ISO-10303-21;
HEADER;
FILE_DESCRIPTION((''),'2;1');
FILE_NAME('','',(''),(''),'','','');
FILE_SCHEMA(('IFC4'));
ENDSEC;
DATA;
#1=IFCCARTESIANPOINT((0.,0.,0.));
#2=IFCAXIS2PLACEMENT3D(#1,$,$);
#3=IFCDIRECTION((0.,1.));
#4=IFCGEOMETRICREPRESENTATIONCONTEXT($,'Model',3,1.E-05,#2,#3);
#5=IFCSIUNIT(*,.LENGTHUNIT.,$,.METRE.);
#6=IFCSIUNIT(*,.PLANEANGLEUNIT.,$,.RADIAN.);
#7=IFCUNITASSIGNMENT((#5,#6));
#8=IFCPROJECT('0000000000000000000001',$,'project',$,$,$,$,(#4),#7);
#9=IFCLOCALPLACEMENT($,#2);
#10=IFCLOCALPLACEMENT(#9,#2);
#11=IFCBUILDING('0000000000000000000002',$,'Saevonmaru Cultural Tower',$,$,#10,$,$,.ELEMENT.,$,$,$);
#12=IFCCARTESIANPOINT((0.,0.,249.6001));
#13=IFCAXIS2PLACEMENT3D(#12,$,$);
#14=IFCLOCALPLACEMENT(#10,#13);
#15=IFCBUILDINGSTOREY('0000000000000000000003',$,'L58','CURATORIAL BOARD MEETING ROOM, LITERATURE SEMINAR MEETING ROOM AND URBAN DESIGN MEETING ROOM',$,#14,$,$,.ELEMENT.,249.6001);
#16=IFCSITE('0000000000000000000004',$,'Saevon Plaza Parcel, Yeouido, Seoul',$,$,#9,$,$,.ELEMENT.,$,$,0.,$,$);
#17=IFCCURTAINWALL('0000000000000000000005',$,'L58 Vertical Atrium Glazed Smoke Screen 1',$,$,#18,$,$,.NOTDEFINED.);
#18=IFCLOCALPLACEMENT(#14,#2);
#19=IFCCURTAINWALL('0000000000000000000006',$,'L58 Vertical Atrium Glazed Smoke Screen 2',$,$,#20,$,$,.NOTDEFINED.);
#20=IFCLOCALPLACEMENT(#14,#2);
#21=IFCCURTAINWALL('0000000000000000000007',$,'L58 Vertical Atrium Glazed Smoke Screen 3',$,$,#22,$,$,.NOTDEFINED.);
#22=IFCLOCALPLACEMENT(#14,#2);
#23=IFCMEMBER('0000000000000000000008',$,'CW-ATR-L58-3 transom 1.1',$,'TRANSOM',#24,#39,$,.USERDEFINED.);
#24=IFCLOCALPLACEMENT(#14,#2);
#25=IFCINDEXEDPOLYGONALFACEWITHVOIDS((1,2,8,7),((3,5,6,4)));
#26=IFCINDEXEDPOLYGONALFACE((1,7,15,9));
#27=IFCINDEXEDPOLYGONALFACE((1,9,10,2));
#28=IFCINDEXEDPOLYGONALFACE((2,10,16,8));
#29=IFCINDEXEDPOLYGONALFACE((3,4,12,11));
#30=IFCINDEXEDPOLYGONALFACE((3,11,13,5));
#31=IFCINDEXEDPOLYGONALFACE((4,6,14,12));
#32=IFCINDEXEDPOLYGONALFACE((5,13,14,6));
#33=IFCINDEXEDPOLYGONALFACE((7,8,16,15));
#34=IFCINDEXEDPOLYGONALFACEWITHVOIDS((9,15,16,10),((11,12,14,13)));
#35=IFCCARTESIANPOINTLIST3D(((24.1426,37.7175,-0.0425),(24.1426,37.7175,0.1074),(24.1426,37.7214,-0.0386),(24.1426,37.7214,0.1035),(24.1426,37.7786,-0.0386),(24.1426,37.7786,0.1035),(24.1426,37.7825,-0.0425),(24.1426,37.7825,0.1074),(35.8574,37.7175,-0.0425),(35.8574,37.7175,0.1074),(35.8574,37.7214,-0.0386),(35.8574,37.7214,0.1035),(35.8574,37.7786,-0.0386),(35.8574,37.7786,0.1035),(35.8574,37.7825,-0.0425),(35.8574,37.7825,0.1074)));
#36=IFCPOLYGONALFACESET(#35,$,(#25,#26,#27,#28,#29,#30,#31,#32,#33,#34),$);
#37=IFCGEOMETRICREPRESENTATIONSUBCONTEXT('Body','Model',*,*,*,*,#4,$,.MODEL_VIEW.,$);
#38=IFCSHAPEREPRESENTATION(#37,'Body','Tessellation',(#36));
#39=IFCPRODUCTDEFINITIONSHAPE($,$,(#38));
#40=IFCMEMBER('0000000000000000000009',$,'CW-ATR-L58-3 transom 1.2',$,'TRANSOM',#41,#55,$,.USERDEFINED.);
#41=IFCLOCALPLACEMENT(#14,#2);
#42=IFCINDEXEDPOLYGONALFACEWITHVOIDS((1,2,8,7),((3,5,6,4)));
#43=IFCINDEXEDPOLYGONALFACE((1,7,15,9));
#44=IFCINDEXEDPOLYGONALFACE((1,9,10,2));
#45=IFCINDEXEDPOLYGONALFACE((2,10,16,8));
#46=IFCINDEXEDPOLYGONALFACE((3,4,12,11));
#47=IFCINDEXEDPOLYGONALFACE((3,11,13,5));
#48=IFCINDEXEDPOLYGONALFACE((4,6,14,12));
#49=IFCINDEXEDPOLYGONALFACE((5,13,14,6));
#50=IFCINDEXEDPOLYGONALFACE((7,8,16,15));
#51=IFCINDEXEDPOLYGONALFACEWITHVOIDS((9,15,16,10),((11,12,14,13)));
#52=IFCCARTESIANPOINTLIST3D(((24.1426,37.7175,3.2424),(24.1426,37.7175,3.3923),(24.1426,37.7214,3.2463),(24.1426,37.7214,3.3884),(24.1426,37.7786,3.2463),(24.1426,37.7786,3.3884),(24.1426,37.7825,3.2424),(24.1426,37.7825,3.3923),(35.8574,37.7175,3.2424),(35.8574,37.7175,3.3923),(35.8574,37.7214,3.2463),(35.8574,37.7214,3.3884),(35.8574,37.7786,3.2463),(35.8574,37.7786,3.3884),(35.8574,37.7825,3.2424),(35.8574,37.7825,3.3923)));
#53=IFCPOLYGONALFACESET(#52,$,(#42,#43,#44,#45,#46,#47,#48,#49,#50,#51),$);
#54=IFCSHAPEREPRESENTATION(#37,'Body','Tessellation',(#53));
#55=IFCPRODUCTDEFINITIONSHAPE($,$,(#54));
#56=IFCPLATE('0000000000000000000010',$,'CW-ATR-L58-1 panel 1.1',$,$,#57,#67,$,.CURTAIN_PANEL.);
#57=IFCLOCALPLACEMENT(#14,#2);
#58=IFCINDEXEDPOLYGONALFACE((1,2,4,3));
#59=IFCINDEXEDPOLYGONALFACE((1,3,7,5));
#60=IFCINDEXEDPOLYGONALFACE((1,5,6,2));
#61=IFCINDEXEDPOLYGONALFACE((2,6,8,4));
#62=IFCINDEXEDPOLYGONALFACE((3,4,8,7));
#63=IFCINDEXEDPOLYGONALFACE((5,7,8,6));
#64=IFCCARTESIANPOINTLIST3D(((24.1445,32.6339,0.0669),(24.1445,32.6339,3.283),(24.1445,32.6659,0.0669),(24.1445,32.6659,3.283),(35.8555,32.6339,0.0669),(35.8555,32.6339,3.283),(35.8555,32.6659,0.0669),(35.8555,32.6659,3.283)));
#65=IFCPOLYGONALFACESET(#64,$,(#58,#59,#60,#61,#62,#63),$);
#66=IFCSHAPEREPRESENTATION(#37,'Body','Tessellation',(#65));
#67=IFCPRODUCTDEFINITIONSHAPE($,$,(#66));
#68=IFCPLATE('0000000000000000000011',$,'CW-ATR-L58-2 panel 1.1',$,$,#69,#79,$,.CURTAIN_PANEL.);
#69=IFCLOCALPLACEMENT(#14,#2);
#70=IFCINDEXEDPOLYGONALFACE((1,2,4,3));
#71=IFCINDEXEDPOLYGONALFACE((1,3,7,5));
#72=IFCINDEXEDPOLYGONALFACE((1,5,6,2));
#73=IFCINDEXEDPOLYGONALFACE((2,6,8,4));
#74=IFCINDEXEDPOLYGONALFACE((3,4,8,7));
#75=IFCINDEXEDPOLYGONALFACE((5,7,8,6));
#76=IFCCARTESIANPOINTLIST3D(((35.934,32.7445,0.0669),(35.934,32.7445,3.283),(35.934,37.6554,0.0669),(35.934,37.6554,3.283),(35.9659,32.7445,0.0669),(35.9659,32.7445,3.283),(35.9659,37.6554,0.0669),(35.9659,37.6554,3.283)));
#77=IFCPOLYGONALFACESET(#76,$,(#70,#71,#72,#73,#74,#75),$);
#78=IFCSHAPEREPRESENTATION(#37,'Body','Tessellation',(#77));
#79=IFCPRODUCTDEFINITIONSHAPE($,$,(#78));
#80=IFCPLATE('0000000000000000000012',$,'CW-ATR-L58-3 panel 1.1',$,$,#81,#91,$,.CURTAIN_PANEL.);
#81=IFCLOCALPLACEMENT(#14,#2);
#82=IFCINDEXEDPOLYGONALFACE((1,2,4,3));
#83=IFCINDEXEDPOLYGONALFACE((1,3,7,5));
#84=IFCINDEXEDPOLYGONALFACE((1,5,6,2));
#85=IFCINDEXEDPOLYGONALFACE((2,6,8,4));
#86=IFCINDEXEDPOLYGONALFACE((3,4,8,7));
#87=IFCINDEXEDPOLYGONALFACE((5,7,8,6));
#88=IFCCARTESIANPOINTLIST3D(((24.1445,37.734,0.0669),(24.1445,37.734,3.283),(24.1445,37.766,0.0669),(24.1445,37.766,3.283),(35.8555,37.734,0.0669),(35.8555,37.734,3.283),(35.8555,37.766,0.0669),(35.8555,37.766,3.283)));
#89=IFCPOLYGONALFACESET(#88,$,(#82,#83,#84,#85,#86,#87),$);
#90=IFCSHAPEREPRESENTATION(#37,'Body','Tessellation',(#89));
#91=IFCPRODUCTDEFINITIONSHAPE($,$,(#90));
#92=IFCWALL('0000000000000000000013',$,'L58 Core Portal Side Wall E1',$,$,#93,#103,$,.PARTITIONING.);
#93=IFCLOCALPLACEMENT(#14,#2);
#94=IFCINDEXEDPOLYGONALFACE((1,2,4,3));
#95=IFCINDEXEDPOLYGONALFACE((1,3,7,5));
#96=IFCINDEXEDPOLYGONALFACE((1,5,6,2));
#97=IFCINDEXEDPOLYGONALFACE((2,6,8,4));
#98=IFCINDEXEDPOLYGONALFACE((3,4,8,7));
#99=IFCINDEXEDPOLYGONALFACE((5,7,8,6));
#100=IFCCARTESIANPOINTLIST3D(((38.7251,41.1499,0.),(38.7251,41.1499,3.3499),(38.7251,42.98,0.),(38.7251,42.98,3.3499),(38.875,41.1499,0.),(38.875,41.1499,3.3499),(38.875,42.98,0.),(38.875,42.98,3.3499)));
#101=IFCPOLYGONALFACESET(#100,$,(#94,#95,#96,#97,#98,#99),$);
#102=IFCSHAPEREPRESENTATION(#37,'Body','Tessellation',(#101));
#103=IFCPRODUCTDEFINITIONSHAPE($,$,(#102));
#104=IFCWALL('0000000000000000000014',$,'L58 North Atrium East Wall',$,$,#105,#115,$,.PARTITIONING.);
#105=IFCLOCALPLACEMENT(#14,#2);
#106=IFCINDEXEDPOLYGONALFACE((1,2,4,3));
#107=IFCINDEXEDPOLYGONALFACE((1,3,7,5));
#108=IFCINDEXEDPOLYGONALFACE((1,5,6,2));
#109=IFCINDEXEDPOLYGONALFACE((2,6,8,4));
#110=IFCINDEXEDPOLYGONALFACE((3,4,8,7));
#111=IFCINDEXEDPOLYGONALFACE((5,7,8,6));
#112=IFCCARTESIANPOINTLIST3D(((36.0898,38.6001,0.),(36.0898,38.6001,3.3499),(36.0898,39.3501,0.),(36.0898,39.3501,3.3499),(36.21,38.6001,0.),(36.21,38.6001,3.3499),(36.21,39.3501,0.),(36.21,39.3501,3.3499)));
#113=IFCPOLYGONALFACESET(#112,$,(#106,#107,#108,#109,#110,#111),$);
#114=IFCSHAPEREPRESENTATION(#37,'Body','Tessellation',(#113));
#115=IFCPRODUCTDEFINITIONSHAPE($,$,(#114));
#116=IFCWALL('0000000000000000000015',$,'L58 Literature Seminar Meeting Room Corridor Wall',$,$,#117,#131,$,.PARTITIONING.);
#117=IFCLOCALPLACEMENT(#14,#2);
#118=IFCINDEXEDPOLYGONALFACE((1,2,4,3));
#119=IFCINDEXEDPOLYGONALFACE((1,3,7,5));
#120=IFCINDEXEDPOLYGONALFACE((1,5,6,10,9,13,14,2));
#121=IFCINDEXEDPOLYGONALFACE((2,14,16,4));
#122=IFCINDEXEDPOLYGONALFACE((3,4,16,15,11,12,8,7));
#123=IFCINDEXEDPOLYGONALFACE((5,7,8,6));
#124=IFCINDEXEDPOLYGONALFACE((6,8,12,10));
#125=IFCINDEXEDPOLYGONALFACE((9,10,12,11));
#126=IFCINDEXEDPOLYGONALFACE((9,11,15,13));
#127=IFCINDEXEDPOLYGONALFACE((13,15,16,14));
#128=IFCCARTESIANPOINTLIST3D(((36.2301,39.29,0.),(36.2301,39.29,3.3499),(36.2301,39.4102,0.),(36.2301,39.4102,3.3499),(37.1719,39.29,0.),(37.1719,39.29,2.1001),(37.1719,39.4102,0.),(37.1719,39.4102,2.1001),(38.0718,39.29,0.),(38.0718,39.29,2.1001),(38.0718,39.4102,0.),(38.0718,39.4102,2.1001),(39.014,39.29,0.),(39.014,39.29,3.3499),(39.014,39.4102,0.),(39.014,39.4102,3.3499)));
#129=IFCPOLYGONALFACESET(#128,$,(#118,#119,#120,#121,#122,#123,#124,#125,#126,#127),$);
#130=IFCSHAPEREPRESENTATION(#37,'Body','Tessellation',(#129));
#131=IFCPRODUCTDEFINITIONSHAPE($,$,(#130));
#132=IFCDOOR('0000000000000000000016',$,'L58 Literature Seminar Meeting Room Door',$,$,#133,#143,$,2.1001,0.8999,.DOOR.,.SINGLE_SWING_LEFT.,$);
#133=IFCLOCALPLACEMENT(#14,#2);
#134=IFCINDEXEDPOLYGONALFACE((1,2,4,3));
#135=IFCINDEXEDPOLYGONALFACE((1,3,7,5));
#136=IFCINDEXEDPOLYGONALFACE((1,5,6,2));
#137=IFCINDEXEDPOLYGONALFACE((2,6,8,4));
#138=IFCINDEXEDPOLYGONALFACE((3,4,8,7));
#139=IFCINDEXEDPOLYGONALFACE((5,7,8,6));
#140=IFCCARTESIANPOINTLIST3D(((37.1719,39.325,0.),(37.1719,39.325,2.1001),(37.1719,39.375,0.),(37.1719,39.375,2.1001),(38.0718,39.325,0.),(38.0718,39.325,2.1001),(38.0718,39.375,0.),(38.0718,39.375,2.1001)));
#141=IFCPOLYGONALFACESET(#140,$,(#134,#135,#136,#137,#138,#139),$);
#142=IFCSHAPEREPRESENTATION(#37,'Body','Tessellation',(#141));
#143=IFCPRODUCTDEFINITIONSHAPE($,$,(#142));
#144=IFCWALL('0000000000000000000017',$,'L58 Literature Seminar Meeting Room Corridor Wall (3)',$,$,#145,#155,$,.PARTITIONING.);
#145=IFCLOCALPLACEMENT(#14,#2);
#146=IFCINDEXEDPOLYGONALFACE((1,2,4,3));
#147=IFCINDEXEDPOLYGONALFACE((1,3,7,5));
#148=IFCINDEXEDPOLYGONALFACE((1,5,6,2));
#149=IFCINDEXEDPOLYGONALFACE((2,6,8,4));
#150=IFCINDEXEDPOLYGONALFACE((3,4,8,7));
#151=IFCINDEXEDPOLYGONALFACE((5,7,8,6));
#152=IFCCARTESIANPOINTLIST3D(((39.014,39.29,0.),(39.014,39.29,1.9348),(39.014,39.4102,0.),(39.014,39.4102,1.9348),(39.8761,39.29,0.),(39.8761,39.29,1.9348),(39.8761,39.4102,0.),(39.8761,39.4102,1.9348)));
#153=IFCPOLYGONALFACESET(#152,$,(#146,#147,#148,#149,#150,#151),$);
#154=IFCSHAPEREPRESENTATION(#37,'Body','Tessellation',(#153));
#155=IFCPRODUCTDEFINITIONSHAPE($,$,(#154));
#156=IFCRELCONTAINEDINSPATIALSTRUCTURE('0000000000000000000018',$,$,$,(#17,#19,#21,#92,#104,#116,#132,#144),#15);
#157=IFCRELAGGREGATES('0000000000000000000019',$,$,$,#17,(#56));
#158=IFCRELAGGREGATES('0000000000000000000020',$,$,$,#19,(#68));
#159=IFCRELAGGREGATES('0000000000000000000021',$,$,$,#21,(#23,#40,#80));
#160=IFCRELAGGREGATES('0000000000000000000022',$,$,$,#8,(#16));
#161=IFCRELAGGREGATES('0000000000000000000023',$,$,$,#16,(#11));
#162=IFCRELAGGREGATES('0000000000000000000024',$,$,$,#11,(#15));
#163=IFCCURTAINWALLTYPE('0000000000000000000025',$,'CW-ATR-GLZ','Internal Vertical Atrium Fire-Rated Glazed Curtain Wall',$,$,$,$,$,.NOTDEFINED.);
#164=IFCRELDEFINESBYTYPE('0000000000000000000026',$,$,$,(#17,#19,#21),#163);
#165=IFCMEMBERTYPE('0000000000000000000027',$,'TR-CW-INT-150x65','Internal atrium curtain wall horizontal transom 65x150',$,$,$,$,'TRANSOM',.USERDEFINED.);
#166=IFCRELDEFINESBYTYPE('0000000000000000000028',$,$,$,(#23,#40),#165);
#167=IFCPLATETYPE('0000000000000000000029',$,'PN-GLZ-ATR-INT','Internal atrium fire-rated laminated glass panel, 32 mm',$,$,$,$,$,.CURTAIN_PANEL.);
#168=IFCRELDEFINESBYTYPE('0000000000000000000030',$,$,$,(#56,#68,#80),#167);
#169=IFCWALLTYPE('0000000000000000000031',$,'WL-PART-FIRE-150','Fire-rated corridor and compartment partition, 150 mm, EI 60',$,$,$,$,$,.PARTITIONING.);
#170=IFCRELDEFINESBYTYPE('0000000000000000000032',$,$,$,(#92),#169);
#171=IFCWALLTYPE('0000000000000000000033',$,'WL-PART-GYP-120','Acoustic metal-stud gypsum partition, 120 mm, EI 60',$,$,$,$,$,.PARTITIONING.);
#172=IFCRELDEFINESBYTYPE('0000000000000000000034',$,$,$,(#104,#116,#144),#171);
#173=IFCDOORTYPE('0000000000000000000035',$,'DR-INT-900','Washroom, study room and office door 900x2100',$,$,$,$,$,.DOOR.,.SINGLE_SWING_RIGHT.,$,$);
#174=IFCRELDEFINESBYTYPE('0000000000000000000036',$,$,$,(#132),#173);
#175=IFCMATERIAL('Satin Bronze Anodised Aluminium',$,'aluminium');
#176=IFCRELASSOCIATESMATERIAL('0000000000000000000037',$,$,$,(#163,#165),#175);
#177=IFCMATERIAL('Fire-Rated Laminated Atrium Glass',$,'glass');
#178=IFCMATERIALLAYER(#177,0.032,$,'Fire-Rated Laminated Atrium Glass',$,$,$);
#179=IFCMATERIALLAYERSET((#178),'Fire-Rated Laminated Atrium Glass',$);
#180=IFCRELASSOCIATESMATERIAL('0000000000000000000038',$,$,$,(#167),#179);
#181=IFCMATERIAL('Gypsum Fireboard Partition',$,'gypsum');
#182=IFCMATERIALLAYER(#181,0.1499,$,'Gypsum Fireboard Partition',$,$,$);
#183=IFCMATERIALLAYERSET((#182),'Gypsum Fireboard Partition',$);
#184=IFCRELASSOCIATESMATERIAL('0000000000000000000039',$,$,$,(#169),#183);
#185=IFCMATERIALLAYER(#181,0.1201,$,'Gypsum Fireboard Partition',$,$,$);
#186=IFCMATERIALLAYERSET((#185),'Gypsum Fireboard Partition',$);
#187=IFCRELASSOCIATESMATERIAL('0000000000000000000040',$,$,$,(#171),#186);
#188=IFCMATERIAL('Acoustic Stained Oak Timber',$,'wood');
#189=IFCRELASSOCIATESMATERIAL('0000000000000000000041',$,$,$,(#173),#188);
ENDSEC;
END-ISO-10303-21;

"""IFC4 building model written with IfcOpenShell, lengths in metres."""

from ifc_helpers import new_model, si_unit, direction, frame, frame_2d, origin, origin_2d, place, context, subcontext, project, spatial, rectangle, hollow_rectangle, extrude, material, layer, layer_set, material_profile, profile_set, type_object, element, fill, aggregate, save


model = new_model("IFC4")

# Units and contexts
model_context = context("Model", 3, precision=1e-05, world=origin(), true_north=direction((0.0, 1.0)))
body_context = subcontext(model_context, "Body", "Model", "MODEL_VIEW")
ifc_project = project(units=[si_unit("LENGTHUNIT", "METRE"), si_unit("PLANEANGLEUNIT", "RADIAN")], contexts=[model_context])

# Site, building, storey
site_placement = place(None, origin())
site = spatial("IfcSite", under=ifc_project, at=site_placement, Name="Saevon Plaza Parcel, Yeouido, Seoul", CompositionType="ELEMENT", RefElevation=0.0)
building_placement = place(site_placement, origin())
building = spatial("IfcBuilding", under=site, at=building_placement, Name="Saevonmaru Cultural Tower", CompositionType="ELEMENT")
storey_placement = place(building_placement, frame((0.0, 0.0, 249.6001)))
storey = spatial("IfcBuildingStorey", under=building, at=storey_placement, Name="L58", Description="CURATORIAL BOARD MEETING ROOM, LITERATURE SEMINAR MEETING ROOM AND URBAN DESIGN MEETING ROOM", CompositionType="ELEMENT", Elevation=249.6001)

# Curtain walls
ifc_material_1 = material(Name="Satin Bronze Anodised Aluminium", Category="aluminium")
curtain_wall_type = type_object("IfcCurtainWallType", Name="CW-ATR-GLZ", Description="Internal Vertical Atrium Fire-Rated Glazed Curtain Wall", PredefinedType="NOTDEFINED", material=ifc_material_1)
curtain_wall_1_placement = place(storey_placement, origin())
curtain_wall_1 = element("IfcCurtainWall", 1, at=curtain_wall_1_placement, inside=storey, type_object=curtain_wall_type, Name="L58 Vertical Atrium Glazed Smoke Screen 1", PredefinedType="NOTDEFINED")
curtain_wall_2_placement = place(storey_placement, origin())
curtain_wall_2 = element("IfcCurtainWall", 2, at=curtain_wall_2_placement, inside=storey, type_object=curtain_wall_type, Name="L58 Vertical Atrium Glazed Smoke Screen 2", PredefinedType="NOTDEFINED")
curtain_wall_3_placement = place(storey_placement, origin())
curtain_wall_3 = element("IfcCurtainWall", 3, at=curtain_wall_3_placement, inside=storey, type_object=curtain_wall_type, Name="L58 Vertical Atrium Glazed Smoke Screen 3", PredefinedType="NOTDEFINED")

# Members
ifc_material_profile_1 = material_profile(ifc_material_1, hollow_rectangle(XDim=0.0649, YDim=0.1499, WallThickness=0.0039, at=origin_2d()), Name="ALU-TRAN-150x65x4")
ifc_profile_set_1 = profile_set([ifc_material_profile_1], Name="Satin Bronze Anodised Aluminium")
member_type_1 = type_object("IfcMemberType", Name="TR-CW-INT-150x65", Description="Internal atrium curtain wall horizontal transom 65x150", ElementType="TRANSOM", PredefinedType="USERDEFINED", material=ifc_profile_set_1)
member_1_placement = place(storey_placement, frame((35.8574, 37.75, 0.0325), z_axis=(-1.0, 0.0, 0.0), x_axis=(0.0, -1.0, 0.0)))
member_1 = element("IfcMember", 4, at=member_1_placement, type_object=member_type_1, Name="CW-ATR-L58-3 transom 1.1", ObjectType="TRANSOM", PredefinedType="USERDEFINED", context=body_context, shape_type="SweptSolid", body=[
    extrude(hollow_rectangle(XDim=0.0649, YDim=0.1499, WallThickness=0.0039, at=origin_2d()), origin(), (0.0, 0.0, 1.0), 11.7148),
])
member_2_placement = place(storey_placement, frame((35.8574, 37.75, 3.3174), z_axis=(-1.0, 0.0, 0.0), x_axis=(0.0, -1.0, 0.0)))
member_2 = element("IfcMember", 5, at=member_2_placement, type_object=member_type_1, Name="CW-ATR-L58-3 transom 1.2", ObjectType="TRANSOM", PredefinedType="USERDEFINED", context=body_context, shape_type="SweptSolid", body=[
    extrude(hollow_rectangle(XDim=0.0649, YDim=0.1499, WallThickness=0.0039, at=origin_2d()), origin(), (0.0, 0.0, 1.0), 11.7148),
])

# Plates
ifc_material_2 = material(Name="Fire-Rated Laminated Atrium Glass", Category="glass")
ifc_layer_1 = layer(ifc_material_2, 0.032, Name="Fire-Rated Laminated Atrium Glass")
ifc_layer_set_1 = layer_set([ifc_layer_1], Name="Fire-Rated Laminated Atrium Glass")
plate_type = type_object("IfcPlateType", Name="PN-GLZ-ATR-INT", Description="Internal atrium fire-rated laminated glass panel, 32 mm", PredefinedType="CURTAIN_PANEL", material=ifc_layer_set_1)
plate_1_placement = place(storey_placement, frame((30.0, 32.6499, 0.0669), z_axis=(0.0, 0.0, 1.0), x_axis=(1.0, 0.0, 0.0)))
plate_1 = element("IfcPlate", 6, at=plate_1_placement, type_object=plate_type, Name="CW-ATR-L58-1 panel 1.1", PredefinedType="CURTAIN_PANEL", context=body_context, shape_type="SweptSolid", body=[
    extrude(rectangle(XDim=11.7109, YDim=0.032, at=origin_2d()), origin(), (0.0, 0.0, 1.0), 3.2161),
])
aggregate(curtain_wall_1, [plate_1])
plate_2_placement = place(storey_placement, frame((35.95, 35.2, 0.0669), z_axis=(0.0, 0.0, 1.0), x_axis=(0.0, 1.0, 0.0)))
plate_2 = element("IfcPlate", 7, at=plate_2_placement, type_object=plate_type, Name="CW-ATR-L58-2 panel 1.1", PredefinedType="CURTAIN_PANEL", context=body_context, shape_type="SweptSolid", body=[
    extrude(rectangle(XDim=4.9109, YDim=0.032, at=origin_2d()), origin(), (0.0, 0.0, 1.0), 3.2161),
])
aggregate(curtain_wall_2, [plate_2])
plate_3_placement = place(storey_placement, frame((30.0, 37.75, 0.0669), z_axis=(0.0, 0.0, 1.0), x_axis=(-1.0, 0.0, 0.0)))
plate_3 = element("IfcPlate", 8, at=plate_3_placement, type_object=plate_type, Name="CW-ATR-L58-3 panel 1.1", PredefinedType="CURTAIN_PANEL", context=body_context, shape_type="SweptSolid", body=[
    extrude(rectangle(XDim=11.7109, YDim=0.032, at=origin_2d()), origin(), (0.0, 0.0, 1.0), 3.2161),
])
aggregate(curtain_wall_3, [member_1, member_2, plate_3])

# Walls
ifc_material_3 = material(Name="Gypsum Fireboard Partition", Category="gypsum")
ifc_layer_2 = layer(ifc_material_3, 0.1499, Name="Gypsum Fireboard Partition")
ifc_layer_set_2 = layer_set([ifc_layer_2], Name="Gypsum Fireboard Partition")
wall_type_1 = type_object("IfcWallType", Name="WL-PART-FIRE-150", Description="Fire-rated corridor and compartment partition, 150 mm, EI 60", PredefinedType="PARTITIONING", material=ifc_layer_set_2)
wall_1_placement = place(storey_placement, frame((38.8, 41.1499, 0.0), z_axis=(0.0, 0.0, 1.0), x_axis=(0.0, 1.0, 0.0)))
element("IfcWall", 9, at=wall_1_placement, inside=storey, type_object=wall_type_1, Name="L58 Core Portal Side Wall E1", PredefinedType="PARTITIONING", context=body_context, shape_type="SweptSolid", body=[
    extrude(rectangle(XDim=1.8301, YDim=0.1499, at=frame_2d((0.915, 0.0))), origin(), (0.0, 0.0, 1.0), 3.3499),
])
ifc_layer_3 = layer(ifc_material_3, 0.1201, Name="Gypsum Fireboard Partition")
ifc_layer_set_3 = layer_set([ifc_layer_3], Name="Gypsum Fireboard Partition")
wall_type_2 = type_object("IfcWallType", Name="WL-PART-GYP-120", Description="Acoustic metal-stud gypsum partition, 120 mm, EI 60", PredefinedType="PARTITIONING", material=ifc_layer_set_3)
wall_2_placement = place(storey_placement, frame((36.1499, 38.6001, 0.0), z_axis=(0.0, 0.0, 1.0), x_axis=(0.0, 1.0, 0.0)))
element("IfcWall", 10, at=wall_2_placement, inside=storey, type_object=wall_type_2, Name="L58 North Atrium East Wall", PredefinedType="PARTITIONING", context=body_context, shape_type="SweptSolid", body=[
    extrude(rectangle(XDim=0.75, YDim=0.1201, at=frame_2d((0.375, 0.0))), origin(), (0.0, 0.0, 1.0), 3.3499),
])

# Wall, opening, door
wall_3_placement = place(storey_placement, frame((36.23, 39.3501, 0.0), z_axis=(0.0, 0.0, 1.0), x_axis=(1.0, 0.0, 0.0)))
wall_3 = element("IfcWall", 11, at=wall_3_placement, inside=storey, type_object=wall_type_2, Name="L58 Literature Seminar Meeting Room Corridor Wall", PredefinedType="PARTITIONING", context=body_context, shape_type="SweptSolid", body=[
    extrude(rectangle(XDim=2.7839, YDim=0.1201, at=frame_2d((1.3921, 0.0))), origin(), (0.0, 0.0, 1.0), 3.3499),
])
opening_placement = place(wall_3_placement, frame((0.9419, 0.0, 0.0)))
opening = element("IfcOpeningElement", 12, at=opening_placement, cuts=wall_3, PredefinedType="OPENING", context=body_context, shape_type="SweptSolid", body=[
    extrude(rectangle(XDim=0.8999, YDim=2.1001, at=frame_2d((0.45, 1.05))), frame((0.0, 0.0701, 0.0), z_axis=(0.0, -1.0, 0.0), x_axis=(1.0, 0.0, 0.0)), (0.0, 0.0, 1.0), 0.1401),
])
ifc_material_4 = material(Name="Acoustic Stained Oak Timber", Category="wood")
door_type = type_object("IfcDoorType", Name="DR-INT-900", Description="Washroom, study room and office door 900x2100", OperationType="SINGLE_SWING_RIGHT", PredefinedType="DOOR", material=ifc_material_4)
door_placement = place(opening_placement, origin())
door = element("IfcDoor", 13, at=door_placement, inside=storey, type_object=door_type, Name="L58 Literature Seminar Meeting Room Door", OperationType="SINGLE_SWING_LEFT", OverallHeight=2.1001, OverallWidth=0.8999, PredefinedType="DOOR", context=body_context, shape_type="SweptSolid", body=[
    extrude(rectangle(XDim=0.8999, YDim=2.1001, at=frame_2d((0.45, 1.05))), frame((0.0, 0.0249, 0.0), z_axis=(0.0, -1.0, 0.0), x_axis=(1.0, 0.0, 0.0)), (0.0, 0.0, 1.0), 0.05),
])
fill(opening, door)

# Wall
wall_4_placement = place(storey_placement, frame((39.0139, 39.3501, 0.0), z_axis=(0.0, 0.0, 1.0), x_axis=(1.0, 0.0, 0.0)))
element("IfcWall", 14, at=wall_4_placement, inside=storey, type_object=wall_type_2, Name="L58 Literature Seminar Meeting Room Corridor Wall (3)", PredefinedType="PARTITIONING", context=body_context, shape_type="SweptSolid", body=[
    extrude(rectangle(XDim=0.8621, YDim=0.1201, at=frame_2d((0.4312, 0.0))), origin(), (0.0, 0.0, 1.0), 1.9348),
])

save(model, "model.ifc")
